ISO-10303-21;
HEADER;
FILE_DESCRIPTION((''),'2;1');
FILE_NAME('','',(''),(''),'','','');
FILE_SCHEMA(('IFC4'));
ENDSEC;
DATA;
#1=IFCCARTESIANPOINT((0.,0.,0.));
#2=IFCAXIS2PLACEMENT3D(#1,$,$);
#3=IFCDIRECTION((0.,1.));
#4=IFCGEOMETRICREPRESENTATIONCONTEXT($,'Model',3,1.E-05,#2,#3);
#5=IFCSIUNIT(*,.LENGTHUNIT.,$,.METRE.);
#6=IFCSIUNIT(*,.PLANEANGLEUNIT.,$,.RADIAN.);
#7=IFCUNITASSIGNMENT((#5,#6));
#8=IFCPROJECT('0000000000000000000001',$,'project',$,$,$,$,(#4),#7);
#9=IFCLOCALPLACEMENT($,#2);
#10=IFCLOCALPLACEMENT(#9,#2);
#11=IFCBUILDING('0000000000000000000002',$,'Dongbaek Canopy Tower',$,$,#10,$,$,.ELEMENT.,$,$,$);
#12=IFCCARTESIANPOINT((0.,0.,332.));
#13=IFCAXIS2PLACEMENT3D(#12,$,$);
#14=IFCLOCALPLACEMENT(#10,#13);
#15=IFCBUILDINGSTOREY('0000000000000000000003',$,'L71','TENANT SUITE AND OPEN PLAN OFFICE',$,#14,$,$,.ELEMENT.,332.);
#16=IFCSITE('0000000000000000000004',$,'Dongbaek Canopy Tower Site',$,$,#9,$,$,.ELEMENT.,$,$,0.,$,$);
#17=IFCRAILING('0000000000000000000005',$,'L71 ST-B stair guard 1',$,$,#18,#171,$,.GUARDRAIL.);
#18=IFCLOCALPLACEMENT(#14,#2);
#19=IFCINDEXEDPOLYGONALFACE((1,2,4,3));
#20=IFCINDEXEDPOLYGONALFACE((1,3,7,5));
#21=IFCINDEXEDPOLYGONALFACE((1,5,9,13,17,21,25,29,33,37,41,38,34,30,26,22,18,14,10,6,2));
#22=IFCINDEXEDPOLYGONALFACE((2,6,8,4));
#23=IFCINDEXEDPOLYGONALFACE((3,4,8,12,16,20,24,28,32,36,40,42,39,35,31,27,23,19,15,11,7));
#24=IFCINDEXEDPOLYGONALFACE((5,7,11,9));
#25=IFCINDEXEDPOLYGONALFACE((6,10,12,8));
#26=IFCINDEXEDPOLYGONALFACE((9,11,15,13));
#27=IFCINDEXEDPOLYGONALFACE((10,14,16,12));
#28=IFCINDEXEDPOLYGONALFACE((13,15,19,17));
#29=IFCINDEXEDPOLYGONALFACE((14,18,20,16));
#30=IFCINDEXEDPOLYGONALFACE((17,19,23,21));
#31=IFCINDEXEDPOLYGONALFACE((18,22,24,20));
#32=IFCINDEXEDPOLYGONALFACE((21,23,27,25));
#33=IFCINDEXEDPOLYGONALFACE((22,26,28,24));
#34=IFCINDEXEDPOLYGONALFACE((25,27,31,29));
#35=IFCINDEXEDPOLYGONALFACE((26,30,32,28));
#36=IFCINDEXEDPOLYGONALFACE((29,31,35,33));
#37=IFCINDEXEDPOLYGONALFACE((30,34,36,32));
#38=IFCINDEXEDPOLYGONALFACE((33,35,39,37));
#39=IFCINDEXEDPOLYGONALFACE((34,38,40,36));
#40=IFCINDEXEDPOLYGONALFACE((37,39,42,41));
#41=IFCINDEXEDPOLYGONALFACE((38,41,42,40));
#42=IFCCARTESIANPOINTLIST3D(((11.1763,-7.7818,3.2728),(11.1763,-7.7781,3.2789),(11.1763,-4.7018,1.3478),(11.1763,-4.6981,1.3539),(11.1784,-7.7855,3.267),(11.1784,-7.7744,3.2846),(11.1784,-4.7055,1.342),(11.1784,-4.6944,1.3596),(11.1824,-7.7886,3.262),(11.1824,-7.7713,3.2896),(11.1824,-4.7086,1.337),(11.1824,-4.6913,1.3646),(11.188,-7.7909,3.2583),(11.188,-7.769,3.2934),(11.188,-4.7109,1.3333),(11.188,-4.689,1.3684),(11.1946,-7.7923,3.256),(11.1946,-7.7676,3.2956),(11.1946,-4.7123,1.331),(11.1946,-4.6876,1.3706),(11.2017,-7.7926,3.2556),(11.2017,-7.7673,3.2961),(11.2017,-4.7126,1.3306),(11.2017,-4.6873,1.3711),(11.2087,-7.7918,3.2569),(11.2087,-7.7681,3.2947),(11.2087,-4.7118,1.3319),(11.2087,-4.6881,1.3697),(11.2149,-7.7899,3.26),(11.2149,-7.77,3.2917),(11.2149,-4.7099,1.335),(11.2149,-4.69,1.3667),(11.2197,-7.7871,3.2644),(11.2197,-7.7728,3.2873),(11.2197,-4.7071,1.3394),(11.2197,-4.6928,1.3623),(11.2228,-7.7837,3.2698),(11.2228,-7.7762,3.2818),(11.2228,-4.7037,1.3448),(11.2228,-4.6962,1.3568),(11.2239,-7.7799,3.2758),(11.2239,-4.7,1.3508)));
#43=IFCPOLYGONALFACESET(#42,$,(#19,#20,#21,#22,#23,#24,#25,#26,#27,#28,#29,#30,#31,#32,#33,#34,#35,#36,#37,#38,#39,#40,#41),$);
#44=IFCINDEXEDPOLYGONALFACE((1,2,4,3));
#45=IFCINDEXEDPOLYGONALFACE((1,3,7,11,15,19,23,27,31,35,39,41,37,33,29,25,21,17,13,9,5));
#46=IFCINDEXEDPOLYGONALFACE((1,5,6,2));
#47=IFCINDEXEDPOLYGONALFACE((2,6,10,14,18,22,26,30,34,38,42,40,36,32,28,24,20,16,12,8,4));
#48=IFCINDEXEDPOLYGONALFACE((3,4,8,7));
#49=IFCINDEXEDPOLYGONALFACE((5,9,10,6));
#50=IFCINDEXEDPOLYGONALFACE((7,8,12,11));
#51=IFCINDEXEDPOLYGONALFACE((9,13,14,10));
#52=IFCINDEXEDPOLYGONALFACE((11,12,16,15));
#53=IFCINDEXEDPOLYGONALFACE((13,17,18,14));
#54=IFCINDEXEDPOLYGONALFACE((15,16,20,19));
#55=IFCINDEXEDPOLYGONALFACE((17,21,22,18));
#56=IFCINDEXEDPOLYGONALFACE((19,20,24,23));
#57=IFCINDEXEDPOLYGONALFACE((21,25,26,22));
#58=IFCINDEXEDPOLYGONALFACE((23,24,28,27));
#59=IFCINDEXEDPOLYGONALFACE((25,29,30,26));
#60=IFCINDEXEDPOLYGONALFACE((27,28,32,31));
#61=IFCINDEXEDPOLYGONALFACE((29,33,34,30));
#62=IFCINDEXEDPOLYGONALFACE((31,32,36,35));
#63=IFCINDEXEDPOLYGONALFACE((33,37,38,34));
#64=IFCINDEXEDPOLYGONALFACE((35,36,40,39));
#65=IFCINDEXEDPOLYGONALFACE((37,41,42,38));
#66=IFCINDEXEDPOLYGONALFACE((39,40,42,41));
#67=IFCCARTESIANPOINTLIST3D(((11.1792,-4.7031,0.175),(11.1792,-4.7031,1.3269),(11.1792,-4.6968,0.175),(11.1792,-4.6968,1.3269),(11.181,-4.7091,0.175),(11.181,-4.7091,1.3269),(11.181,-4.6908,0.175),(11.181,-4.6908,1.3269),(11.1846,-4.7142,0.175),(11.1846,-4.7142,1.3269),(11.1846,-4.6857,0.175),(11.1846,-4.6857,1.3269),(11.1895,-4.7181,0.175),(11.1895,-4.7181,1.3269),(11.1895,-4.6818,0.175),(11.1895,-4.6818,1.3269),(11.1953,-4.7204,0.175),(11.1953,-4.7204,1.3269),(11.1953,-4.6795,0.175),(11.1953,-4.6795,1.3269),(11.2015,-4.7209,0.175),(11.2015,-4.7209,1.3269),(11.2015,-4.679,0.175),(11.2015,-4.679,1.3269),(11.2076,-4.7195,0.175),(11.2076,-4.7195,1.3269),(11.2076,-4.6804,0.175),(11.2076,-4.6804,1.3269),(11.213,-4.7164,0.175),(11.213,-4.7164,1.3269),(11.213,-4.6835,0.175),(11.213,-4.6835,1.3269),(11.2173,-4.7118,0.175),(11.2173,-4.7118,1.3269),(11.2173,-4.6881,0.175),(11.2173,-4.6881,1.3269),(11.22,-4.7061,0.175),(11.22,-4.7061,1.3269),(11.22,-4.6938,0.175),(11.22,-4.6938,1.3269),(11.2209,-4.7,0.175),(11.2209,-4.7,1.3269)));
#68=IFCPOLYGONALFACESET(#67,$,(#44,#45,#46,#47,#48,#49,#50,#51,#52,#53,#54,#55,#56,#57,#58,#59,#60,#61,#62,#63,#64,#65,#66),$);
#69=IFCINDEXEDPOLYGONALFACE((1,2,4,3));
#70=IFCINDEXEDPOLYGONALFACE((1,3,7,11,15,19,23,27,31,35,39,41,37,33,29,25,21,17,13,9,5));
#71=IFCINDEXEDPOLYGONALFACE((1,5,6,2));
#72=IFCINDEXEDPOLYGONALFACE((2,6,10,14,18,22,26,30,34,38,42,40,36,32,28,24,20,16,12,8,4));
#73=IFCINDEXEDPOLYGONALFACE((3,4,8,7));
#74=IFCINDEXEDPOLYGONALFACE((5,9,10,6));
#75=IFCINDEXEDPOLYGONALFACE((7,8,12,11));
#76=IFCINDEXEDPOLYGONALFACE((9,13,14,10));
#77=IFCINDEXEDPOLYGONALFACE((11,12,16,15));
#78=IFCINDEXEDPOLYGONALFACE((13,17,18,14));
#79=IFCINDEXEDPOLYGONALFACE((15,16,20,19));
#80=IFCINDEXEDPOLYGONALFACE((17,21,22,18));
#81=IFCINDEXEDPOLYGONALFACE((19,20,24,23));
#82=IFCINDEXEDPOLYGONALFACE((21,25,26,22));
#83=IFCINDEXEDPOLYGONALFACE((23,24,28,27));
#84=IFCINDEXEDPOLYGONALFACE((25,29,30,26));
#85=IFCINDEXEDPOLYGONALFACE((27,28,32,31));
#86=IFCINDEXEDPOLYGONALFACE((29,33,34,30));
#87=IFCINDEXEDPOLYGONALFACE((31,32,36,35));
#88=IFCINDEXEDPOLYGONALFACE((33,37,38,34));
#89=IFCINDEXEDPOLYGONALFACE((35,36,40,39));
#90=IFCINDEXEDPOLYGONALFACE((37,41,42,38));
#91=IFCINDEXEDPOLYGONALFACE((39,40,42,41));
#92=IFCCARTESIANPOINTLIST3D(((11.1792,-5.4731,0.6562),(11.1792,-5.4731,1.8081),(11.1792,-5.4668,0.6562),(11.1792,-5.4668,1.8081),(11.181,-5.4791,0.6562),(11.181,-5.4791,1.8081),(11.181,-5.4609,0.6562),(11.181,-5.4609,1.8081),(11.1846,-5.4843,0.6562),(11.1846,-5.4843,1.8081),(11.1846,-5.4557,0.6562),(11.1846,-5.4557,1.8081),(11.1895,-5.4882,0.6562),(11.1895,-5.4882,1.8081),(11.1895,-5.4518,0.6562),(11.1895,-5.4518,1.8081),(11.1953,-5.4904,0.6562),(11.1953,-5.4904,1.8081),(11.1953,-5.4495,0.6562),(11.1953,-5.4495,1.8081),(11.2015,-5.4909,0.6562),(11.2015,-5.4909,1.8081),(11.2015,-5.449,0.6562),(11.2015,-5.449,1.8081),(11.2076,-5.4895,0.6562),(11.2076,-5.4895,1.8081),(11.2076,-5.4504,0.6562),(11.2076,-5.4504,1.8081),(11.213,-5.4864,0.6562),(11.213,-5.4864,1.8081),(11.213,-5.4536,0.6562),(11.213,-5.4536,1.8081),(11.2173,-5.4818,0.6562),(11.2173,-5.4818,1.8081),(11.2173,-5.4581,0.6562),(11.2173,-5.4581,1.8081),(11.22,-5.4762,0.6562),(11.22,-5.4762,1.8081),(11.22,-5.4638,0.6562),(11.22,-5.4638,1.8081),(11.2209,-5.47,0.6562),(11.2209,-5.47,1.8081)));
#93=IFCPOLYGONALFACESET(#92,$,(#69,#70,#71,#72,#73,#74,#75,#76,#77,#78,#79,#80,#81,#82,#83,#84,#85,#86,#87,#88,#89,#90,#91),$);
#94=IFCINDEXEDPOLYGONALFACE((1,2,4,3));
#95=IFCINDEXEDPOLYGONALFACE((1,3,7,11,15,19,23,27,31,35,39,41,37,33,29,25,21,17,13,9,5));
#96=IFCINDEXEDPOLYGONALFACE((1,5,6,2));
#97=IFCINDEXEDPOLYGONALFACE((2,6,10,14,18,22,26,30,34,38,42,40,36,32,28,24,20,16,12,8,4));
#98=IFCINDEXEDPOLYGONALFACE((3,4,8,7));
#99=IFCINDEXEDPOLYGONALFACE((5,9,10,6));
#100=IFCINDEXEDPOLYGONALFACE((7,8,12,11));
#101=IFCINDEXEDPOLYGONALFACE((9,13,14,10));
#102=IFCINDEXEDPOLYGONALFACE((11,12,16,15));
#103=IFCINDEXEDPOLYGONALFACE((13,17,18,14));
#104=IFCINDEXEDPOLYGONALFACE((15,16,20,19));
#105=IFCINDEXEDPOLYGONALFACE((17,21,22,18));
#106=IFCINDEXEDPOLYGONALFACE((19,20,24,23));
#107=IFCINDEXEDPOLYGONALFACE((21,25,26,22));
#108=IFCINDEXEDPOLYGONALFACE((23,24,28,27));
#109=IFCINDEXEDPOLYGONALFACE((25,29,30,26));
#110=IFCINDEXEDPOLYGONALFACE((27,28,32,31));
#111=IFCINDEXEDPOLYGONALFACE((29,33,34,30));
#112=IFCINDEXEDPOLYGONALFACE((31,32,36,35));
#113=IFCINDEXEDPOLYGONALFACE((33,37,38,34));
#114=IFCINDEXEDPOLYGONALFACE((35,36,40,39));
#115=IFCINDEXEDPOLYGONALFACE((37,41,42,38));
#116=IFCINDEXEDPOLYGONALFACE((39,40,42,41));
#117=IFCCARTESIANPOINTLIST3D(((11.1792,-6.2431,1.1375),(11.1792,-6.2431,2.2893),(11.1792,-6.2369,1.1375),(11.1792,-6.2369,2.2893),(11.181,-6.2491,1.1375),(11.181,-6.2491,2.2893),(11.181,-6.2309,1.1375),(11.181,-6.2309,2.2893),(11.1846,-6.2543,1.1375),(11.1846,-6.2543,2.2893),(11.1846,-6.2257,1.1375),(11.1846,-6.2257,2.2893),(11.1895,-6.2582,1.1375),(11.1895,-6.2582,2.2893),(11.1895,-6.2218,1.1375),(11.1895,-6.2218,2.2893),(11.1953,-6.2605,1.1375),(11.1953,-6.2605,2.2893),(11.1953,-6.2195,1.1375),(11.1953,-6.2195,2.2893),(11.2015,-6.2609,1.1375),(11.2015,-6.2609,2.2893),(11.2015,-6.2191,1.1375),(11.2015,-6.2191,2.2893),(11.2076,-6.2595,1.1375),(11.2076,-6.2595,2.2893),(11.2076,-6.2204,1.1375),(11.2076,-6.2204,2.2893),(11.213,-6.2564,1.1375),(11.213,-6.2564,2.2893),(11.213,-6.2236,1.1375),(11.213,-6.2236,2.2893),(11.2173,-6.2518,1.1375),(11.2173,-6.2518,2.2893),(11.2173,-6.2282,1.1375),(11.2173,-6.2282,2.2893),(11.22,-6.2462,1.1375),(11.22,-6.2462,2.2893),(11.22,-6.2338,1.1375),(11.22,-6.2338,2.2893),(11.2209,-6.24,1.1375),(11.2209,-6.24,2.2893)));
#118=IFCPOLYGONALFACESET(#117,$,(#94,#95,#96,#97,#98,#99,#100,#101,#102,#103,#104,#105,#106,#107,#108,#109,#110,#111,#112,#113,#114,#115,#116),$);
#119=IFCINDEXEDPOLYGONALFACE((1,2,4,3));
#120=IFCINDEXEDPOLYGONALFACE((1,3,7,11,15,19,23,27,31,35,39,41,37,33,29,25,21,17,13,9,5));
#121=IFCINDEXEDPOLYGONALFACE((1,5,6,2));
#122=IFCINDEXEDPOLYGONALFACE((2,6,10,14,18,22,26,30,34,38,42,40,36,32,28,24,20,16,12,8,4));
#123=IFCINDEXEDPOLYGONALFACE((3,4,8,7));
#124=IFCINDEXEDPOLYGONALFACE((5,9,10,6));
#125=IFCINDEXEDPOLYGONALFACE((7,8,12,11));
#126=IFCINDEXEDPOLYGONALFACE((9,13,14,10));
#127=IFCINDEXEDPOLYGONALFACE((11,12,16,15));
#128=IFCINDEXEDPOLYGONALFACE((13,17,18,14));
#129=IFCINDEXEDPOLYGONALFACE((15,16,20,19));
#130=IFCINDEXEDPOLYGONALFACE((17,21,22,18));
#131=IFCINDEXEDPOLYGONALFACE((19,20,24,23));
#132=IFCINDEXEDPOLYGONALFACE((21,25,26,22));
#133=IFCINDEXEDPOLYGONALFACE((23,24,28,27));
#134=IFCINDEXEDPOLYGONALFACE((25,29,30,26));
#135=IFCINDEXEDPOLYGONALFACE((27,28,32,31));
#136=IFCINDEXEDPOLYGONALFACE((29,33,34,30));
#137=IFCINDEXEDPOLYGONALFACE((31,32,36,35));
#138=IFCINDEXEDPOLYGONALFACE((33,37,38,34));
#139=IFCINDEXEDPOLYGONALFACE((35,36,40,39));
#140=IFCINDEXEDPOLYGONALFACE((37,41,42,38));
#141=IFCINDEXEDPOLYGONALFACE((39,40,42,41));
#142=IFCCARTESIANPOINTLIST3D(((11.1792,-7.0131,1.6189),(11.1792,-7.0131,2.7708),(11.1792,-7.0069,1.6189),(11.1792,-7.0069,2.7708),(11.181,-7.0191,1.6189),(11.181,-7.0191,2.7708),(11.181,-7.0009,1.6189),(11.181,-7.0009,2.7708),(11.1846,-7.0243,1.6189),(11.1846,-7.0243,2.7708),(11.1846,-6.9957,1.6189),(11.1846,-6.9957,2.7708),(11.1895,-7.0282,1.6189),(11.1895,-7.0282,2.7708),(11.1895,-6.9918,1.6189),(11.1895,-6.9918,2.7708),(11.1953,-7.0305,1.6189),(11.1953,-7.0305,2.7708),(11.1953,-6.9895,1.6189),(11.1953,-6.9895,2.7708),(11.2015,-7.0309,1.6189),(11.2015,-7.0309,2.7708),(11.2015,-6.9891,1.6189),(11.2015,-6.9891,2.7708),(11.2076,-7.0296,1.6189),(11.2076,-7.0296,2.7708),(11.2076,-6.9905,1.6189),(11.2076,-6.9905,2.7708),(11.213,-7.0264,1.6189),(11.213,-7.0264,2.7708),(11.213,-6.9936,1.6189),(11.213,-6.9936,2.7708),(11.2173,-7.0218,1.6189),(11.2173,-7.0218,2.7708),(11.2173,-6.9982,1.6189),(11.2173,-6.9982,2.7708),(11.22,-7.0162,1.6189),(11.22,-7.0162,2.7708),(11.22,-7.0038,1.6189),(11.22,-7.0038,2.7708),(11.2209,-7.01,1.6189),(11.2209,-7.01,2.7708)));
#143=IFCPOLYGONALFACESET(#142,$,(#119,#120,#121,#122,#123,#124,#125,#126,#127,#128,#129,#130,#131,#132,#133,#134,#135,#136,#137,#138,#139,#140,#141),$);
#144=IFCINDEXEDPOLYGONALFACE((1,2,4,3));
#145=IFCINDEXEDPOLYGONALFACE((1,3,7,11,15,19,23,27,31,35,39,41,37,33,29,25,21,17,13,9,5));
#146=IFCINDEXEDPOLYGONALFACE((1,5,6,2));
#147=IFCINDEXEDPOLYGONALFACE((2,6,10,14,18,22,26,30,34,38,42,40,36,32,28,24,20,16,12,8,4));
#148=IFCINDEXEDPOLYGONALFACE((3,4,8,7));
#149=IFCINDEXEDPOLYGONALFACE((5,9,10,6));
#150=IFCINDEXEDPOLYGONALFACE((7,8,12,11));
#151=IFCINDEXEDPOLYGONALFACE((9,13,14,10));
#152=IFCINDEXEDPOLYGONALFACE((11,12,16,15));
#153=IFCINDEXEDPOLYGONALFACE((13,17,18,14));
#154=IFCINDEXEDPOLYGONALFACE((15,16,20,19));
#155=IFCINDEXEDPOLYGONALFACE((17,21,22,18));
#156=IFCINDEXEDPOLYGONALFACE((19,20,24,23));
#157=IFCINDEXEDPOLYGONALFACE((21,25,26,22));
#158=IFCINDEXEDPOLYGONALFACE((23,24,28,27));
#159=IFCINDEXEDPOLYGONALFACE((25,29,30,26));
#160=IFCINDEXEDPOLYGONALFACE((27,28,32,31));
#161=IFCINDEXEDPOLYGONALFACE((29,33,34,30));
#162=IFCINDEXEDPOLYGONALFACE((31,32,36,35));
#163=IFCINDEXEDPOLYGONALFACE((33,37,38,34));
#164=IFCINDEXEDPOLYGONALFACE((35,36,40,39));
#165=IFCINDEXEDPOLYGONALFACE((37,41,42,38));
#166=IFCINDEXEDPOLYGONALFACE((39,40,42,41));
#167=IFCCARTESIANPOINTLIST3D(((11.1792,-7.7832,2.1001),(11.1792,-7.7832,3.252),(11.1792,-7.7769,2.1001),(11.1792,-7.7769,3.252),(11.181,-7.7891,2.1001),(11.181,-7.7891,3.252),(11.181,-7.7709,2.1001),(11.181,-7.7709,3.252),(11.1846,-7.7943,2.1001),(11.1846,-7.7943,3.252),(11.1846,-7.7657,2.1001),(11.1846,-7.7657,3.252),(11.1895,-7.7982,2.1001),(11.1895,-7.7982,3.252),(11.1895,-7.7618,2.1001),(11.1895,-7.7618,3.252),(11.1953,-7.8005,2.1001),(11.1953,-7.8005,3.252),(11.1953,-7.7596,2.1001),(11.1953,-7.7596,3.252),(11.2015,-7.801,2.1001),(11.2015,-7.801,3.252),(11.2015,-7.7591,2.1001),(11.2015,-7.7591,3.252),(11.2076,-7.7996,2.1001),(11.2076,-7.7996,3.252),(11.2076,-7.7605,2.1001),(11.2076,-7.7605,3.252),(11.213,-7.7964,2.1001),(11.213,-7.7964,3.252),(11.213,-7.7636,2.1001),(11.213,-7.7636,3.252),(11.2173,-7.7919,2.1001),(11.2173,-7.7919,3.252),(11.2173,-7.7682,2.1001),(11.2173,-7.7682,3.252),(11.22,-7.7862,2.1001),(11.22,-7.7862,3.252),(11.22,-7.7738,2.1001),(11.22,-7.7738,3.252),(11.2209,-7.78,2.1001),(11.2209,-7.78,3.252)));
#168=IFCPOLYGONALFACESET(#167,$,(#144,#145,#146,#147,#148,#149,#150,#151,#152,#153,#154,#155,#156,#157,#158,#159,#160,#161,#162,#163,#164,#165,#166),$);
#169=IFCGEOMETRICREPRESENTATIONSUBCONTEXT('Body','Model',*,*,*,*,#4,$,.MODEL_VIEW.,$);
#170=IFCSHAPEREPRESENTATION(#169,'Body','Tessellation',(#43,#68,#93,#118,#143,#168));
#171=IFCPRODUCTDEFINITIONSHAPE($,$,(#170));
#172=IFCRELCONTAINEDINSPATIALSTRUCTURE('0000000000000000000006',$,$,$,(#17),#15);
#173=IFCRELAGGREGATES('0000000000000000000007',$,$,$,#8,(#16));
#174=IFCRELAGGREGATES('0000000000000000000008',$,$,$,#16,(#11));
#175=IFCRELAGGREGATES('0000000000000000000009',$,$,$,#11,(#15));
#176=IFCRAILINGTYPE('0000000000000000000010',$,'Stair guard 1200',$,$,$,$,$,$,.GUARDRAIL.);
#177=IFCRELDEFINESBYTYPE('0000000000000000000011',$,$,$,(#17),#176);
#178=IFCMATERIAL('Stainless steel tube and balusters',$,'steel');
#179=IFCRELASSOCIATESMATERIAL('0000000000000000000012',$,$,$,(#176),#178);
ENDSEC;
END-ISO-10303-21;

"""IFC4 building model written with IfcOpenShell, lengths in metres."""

from ifc_helpers import new_model, si_unit, direction, frame, origin, origin_2d, place, context, subcontext, project, spatial, circle, extrude, material, type_object, element, save


model = new_model("IFC4")

# Units and contexts
model_context = context("Model", 3, precision=1e-05, world=origin(), true_north=direction((0.0, 1.0)))
body_context = subcontext(model_context, "Body", "Model", "MODEL_VIEW")
ifc_project = project(units=[si_unit("LENGTHUNIT", "METRE"), si_unit("PLANEANGLEUNIT", "RADIAN")], contexts=[model_context])

# Site, building, storey
site_placement = place(None, origin())
site = spatial("IfcSite", under=ifc_project, at=site_placement, Name="Dongbaek Canopy Tower Site", CompositionType="ELEMENT", RefElevation=0.0)
building_placement = place(site_placement, origin())
building = spatial("IfcBuilding", under=site, at=building_placement, Name="Dongbaek Canopy Tower", CompositionType="ELEMENT")
storey_placement = place(building_placement, frame((0.0, 0.0, 332.0)))
storey = spatial("IfcBuildingStorey", under=building, at=storey_placement, Name="L71", Description="TENANT SUITE AND OPEN PLAN OFFICE", CompositionType="ELEMENT", Elevation=332.0)

# Railing
ifc_material_1 = material(Name="Stainless steel tube and balusters", Category="steel")
railing_type_1 = type_object("IfcRailingType", Name="Stair guard 1200", PredefinedType="GUARDRAIL", material=ifc_material_1)
railing_1_placement = place(storey_placement, frame((11.2, -4.7, 0.175)))
element("IfcRailing", 1, at=railing_1_placement, inside=storey, type_object=railing_type_1, Name="L71 ST-B stair guard 1", PredefinedType="GUARDRAIL", context=body_context, shape_type="SweptSolid", body=[
    extrude(circle(Radius=0.0239, at=origin_2d()), frame((0.0, 0.0, 1.1758), z_axis=(0.0, -0.847998, 0.529999), x_axis=(1.0, 0.0, 0.0)), (0.0, 0.0, 1.0), 3.6321),
    extrude(circle(Radius=0.021, at=origin_2d()), origin(), (0.0, 0.0, 1.0), 1.1519),
    extrude(circle(Radius=0.021, at=origin_2d()), frame((0.0, -0.77, 0.4812)), (0.0, 0.0, 1.0), 1.1519),
    extrude(circle(Radius=0.021, at=origin_2d()), frame((0.0, -1.54, 0.9624)), (0.0, 0.0, 1.0), 1.1519),
    extrude(circle(Radius=0.021, at=origin_2d()), frame((0.0, -2.3101, 1.4438)), (0.0, 0.0, 1.0), 1.1519),
    extrude(circle(Radius=0.021, at=origin_2d()), frame((0.0, -3.0801, 1.925)), (0.0, 0.0, 1.0), 1.1519),
])

save(model, "model.ifc")
